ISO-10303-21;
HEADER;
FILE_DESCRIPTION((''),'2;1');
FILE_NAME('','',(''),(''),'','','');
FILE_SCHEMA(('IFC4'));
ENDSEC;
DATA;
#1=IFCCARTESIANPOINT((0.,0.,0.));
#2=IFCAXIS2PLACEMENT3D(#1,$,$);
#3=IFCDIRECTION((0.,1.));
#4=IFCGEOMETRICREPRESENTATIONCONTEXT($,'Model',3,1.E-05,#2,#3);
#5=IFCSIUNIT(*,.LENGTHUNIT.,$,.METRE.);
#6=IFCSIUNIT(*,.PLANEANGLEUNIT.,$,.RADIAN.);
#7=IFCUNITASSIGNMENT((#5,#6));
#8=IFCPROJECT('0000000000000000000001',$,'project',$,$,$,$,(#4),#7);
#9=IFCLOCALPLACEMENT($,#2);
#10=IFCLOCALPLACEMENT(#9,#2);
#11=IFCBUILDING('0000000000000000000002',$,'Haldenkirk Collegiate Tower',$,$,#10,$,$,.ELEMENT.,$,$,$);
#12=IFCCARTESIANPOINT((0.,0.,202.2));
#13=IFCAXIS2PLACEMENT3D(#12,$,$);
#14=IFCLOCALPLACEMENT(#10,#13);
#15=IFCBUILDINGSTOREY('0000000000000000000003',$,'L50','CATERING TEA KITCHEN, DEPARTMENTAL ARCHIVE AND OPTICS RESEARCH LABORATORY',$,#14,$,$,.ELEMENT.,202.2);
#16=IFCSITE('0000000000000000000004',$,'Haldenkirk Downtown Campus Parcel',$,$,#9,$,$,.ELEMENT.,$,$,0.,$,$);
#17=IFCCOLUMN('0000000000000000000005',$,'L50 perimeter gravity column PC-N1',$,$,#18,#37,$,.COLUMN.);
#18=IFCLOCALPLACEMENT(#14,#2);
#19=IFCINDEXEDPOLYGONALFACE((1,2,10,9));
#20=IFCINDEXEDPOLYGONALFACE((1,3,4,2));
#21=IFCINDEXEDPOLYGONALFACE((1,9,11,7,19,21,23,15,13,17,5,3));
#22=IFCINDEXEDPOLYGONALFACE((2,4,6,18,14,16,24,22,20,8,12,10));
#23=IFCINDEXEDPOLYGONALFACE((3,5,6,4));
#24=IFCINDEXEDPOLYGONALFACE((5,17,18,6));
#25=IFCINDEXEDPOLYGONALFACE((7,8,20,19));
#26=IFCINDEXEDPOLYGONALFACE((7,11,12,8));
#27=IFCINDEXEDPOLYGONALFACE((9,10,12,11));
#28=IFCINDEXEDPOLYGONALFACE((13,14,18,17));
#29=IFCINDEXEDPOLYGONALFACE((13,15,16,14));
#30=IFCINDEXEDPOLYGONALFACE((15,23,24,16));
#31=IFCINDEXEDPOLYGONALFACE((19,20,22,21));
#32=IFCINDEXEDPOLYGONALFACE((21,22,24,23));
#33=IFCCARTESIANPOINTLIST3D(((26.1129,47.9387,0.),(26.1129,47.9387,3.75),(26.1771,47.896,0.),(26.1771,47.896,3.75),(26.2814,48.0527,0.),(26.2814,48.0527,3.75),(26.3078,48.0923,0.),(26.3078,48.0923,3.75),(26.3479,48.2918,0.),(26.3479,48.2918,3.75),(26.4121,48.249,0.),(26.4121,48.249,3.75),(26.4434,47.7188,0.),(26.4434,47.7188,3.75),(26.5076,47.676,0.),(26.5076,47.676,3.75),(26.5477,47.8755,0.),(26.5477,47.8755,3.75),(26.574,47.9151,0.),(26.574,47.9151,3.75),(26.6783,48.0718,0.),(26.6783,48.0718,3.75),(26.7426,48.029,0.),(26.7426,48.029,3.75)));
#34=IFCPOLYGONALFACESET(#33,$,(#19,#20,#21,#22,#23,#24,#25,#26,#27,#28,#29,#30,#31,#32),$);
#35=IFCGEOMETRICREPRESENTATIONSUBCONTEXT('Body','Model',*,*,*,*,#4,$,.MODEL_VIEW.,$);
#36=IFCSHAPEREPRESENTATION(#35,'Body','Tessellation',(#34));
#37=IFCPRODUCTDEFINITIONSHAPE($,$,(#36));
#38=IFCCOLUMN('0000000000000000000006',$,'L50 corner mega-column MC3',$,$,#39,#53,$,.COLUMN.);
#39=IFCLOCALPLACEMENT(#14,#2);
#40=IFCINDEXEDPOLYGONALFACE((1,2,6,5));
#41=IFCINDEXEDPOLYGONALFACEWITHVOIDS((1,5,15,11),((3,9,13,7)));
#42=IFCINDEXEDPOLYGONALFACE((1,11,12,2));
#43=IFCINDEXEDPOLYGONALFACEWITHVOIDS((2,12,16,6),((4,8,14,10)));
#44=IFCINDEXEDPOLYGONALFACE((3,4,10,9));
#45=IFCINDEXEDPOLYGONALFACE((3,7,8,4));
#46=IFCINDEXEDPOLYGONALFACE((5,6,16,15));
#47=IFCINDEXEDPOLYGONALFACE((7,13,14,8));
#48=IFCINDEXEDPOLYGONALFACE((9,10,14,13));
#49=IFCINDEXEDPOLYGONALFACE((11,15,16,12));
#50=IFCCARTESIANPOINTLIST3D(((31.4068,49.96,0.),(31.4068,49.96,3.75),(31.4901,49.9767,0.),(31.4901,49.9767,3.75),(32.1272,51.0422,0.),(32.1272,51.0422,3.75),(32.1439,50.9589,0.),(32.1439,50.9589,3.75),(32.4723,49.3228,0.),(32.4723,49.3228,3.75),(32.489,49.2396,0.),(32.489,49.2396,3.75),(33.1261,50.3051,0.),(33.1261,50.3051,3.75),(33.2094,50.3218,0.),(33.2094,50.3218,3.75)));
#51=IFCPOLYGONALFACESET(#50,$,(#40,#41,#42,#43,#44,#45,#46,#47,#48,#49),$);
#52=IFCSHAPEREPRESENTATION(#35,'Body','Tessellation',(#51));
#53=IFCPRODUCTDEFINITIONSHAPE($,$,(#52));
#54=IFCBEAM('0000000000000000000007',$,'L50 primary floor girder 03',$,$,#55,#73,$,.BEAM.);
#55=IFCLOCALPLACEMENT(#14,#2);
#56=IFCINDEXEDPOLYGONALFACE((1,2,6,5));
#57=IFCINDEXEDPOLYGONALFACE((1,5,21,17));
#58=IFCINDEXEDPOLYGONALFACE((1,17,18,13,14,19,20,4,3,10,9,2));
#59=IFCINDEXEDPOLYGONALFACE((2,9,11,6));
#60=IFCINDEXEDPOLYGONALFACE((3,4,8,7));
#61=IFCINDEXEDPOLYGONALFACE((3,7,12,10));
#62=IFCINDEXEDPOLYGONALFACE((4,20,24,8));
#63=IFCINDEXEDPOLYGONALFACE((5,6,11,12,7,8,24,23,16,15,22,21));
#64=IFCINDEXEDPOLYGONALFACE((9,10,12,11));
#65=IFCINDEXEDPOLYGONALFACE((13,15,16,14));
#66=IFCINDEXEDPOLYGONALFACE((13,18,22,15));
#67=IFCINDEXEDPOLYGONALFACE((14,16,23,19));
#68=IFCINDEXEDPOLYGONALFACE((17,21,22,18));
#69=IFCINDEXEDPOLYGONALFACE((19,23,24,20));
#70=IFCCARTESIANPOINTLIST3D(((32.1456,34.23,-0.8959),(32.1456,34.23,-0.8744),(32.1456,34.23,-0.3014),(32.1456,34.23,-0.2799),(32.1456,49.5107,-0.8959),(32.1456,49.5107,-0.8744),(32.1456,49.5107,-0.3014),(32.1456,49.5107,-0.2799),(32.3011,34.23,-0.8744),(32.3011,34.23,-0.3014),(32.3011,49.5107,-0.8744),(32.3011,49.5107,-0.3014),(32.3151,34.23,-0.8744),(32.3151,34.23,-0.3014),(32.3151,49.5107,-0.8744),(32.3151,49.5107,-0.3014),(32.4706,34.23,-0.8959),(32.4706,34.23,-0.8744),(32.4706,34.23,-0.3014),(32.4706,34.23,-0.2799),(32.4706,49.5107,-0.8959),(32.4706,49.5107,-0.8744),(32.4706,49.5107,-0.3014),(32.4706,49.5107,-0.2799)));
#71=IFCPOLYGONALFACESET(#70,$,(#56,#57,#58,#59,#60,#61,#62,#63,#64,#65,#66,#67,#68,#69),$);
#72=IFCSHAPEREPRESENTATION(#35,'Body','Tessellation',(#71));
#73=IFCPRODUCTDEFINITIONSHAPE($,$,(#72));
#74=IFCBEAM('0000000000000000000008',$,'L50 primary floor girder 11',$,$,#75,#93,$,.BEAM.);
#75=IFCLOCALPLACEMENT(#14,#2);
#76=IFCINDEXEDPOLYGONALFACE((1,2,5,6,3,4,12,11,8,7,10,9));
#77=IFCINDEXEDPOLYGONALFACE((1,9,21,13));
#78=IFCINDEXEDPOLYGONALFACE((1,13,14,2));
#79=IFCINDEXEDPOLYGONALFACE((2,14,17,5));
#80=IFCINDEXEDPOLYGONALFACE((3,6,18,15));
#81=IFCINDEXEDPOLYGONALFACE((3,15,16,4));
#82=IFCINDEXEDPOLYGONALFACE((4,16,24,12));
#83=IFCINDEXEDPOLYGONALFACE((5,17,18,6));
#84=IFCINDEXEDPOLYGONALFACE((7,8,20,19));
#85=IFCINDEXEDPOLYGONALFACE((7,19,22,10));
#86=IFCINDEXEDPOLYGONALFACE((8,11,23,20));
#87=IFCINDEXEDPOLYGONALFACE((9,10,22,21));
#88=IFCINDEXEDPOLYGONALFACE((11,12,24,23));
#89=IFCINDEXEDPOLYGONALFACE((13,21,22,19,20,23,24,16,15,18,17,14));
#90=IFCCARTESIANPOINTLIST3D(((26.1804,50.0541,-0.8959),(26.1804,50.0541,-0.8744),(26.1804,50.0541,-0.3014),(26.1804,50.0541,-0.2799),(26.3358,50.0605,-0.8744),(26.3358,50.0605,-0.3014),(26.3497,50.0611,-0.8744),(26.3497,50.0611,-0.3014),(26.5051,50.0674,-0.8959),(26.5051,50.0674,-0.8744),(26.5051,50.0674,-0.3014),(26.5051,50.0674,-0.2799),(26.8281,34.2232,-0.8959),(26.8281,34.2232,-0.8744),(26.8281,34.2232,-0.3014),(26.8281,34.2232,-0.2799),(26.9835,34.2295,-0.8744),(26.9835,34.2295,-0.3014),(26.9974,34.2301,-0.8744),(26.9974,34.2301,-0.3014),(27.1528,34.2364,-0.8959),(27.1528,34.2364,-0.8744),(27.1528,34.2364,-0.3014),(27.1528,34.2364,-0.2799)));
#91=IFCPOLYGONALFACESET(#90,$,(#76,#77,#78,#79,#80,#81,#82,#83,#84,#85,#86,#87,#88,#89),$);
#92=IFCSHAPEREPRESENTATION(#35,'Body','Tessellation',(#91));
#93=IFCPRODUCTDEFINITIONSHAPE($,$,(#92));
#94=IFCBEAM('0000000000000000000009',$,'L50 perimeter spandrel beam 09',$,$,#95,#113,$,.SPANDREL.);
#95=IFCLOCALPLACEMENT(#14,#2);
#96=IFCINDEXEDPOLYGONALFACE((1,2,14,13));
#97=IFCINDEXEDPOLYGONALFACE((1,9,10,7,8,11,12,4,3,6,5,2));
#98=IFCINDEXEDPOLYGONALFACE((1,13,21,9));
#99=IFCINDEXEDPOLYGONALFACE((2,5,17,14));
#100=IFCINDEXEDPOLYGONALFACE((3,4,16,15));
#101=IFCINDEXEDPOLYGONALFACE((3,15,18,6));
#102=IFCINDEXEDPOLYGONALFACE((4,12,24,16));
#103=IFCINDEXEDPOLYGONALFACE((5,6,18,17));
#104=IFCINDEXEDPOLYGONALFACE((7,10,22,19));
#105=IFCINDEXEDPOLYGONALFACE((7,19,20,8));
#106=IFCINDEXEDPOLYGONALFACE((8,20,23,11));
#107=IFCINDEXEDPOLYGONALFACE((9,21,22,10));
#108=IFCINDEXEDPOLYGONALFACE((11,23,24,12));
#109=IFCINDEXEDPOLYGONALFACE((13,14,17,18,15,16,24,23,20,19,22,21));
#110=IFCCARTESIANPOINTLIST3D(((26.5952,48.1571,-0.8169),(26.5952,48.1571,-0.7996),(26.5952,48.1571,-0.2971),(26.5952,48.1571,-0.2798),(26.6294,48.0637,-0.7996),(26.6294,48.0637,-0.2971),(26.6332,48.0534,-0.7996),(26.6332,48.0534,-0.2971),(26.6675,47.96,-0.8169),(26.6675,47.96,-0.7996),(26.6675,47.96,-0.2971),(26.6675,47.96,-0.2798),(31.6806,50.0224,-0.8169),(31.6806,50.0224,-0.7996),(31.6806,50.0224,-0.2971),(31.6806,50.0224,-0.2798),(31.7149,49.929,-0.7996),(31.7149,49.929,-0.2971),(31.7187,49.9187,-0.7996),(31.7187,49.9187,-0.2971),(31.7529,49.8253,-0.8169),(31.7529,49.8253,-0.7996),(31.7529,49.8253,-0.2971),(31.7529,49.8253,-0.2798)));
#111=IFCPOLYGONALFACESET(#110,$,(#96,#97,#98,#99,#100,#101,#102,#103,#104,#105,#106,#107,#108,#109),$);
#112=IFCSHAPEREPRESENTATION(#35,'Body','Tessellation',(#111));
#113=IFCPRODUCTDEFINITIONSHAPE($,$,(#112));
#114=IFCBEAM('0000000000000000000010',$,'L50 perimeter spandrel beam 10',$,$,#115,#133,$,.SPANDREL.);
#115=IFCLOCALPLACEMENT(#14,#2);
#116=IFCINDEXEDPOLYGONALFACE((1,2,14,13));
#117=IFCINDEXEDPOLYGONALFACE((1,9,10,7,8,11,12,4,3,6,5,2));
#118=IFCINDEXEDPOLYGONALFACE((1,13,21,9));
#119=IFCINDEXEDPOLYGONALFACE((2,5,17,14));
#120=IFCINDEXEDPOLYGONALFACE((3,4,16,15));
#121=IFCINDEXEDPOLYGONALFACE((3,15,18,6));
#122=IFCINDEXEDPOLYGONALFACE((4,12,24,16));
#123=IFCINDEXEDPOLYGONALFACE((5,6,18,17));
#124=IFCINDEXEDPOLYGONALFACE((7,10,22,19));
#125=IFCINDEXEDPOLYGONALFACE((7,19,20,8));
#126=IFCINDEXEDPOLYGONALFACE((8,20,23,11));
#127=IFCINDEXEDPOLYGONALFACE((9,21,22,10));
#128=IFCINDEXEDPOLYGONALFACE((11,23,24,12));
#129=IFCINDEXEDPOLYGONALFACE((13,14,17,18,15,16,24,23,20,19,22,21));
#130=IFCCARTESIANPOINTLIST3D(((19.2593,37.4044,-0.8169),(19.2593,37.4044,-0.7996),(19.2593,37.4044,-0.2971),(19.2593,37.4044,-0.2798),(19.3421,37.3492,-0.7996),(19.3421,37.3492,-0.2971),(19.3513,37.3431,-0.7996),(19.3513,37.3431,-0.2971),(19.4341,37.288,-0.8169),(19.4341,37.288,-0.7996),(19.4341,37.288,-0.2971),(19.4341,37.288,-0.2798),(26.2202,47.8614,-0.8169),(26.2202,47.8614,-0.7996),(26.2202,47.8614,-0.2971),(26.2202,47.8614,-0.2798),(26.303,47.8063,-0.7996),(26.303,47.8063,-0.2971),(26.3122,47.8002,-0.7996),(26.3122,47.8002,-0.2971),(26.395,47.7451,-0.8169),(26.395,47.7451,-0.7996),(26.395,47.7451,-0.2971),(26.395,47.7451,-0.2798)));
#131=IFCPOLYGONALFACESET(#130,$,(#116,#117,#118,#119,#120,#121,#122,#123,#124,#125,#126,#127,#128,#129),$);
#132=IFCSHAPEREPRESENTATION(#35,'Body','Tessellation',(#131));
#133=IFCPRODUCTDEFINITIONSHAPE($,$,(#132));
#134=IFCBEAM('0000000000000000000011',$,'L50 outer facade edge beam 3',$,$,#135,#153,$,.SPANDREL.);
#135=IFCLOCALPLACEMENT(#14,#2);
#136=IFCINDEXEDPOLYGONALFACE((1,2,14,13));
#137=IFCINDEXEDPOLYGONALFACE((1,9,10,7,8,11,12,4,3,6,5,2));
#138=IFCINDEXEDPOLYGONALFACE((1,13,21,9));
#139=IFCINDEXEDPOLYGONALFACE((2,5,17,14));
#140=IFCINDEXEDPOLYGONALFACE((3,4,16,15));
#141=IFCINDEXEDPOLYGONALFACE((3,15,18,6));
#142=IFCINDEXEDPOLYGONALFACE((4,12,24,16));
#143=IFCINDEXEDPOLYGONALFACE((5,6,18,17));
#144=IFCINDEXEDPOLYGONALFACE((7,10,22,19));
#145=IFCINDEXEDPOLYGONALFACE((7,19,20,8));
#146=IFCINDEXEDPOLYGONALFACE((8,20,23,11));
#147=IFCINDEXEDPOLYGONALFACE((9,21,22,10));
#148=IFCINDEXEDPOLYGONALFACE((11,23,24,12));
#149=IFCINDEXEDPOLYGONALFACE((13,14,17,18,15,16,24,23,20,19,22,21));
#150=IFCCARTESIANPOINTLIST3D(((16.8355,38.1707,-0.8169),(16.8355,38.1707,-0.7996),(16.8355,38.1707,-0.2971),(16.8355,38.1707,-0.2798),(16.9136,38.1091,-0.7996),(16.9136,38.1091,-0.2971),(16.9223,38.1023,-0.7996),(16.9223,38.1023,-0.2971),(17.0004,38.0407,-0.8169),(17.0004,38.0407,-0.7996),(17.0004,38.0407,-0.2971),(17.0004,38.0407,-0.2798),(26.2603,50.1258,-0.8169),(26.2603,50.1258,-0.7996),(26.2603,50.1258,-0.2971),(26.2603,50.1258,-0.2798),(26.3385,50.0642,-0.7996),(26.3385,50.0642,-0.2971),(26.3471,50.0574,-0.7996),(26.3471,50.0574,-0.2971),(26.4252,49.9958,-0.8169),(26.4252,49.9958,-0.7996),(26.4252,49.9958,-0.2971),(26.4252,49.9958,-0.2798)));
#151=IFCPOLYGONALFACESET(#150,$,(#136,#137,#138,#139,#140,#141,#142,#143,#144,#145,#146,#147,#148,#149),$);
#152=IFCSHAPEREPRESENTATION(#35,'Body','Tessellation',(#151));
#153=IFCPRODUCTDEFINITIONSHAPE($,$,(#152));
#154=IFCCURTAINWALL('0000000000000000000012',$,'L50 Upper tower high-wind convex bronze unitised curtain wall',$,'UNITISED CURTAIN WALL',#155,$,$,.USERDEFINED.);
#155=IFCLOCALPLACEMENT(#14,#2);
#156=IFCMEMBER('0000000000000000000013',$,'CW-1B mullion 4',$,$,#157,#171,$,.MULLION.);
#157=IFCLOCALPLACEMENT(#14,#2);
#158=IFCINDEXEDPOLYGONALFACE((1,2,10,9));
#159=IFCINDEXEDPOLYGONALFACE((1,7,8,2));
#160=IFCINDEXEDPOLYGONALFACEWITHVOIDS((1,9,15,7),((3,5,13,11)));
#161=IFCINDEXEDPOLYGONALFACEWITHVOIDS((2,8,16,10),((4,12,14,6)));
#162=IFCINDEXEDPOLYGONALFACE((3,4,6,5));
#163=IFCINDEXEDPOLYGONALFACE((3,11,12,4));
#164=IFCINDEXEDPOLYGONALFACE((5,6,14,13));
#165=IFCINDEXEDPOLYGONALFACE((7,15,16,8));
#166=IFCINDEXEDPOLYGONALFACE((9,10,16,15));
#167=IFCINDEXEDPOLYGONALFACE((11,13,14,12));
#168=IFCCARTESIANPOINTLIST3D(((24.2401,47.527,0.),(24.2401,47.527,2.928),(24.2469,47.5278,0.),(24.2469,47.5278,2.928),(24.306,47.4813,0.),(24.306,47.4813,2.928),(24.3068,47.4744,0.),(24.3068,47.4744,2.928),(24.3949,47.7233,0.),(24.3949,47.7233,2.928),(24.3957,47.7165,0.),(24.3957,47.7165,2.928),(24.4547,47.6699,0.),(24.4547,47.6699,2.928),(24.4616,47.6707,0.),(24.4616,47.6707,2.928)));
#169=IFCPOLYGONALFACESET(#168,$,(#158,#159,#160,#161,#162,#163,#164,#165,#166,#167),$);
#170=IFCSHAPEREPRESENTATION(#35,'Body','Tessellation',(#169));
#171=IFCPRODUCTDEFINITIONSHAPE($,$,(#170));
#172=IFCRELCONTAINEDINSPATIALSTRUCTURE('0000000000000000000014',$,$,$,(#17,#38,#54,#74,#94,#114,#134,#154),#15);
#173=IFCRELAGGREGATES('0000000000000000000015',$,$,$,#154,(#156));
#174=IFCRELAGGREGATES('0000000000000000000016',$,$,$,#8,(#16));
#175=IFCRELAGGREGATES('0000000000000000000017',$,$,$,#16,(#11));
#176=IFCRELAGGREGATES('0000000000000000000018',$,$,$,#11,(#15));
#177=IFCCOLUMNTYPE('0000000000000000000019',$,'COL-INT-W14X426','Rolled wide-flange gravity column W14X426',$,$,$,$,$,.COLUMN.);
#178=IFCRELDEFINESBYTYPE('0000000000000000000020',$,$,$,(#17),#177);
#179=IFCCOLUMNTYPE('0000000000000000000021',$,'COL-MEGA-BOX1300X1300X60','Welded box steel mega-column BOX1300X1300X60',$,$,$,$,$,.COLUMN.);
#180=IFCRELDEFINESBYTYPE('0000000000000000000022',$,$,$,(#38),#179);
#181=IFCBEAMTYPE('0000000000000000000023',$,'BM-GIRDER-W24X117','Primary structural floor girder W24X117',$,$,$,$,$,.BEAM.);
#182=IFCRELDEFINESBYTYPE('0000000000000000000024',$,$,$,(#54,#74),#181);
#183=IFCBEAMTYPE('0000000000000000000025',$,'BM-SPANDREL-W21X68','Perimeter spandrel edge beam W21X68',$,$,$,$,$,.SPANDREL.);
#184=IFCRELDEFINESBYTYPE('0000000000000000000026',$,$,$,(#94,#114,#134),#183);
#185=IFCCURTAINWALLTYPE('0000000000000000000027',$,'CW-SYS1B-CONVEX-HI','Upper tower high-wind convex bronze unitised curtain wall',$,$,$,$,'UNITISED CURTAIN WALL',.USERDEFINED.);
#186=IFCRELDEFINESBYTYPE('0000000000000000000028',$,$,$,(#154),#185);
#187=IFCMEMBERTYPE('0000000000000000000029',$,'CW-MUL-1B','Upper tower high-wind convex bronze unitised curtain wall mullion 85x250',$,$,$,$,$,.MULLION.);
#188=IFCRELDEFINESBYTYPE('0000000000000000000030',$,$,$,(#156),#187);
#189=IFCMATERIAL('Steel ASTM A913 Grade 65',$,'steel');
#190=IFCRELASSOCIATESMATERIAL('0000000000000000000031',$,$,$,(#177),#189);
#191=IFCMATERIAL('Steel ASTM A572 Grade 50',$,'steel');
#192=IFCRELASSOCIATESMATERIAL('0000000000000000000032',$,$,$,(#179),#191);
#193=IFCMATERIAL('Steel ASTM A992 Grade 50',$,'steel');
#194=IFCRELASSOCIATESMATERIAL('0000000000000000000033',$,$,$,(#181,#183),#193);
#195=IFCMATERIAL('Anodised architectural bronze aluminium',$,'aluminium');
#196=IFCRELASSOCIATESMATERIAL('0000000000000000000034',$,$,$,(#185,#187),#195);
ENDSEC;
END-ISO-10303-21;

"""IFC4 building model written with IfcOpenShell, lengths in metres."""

from ifc_helpers import new_model, si_unit, direction, frame, origin, origin_2d, place, context, subcontext, project, spatial, hollow_rectangle, i_section, extrude, material, material_profile, profile_set, type_object, element, aggregate, save


model = new_model("IFC4")

# Units and contexts
model_context = context("Model", 3, precision=1e-05, world=origin(), true_north=direction((0.0, 1.0)))
body_context = subcontext(model_context, "Body", "Model", "MODEL_VIEW")
ifc_project = project(units=[si_unit("LENGTHUNIT", "METRE"), si_unit("PLANEANGLEUNIT", "RADIAN")], contexts=[model_context])

# Site, building, storey
site_placement = place(None, origin())
site = spatial("IfcSite", under=ifc_project, at=site_placement, Name="Haldenkirk Downtown Campus Parcel", CompositionType="ELEMENT", RefElevation=0.0)
building_placement = place(site_placement, origin())
building = spatial("IfcBuilding", under=site, at=building_placement, Name="Haldenkirk Collegiate Tower", CompositionType="ELEMENT")
storey_placement = place(building_placement, frame((0.0, 0.0, 202.2)))
storey = spatial("IfcBuildingStorey", under=building, at=storey_placement, Name="L50", Description="CATERING TEA KITCHEN, DEPARTMENTAL ARCHIVE AND OPTICS RESEARCH LABORATORY", CompositionType="ELEMENT", Elevation=202.2)

# Columns
ifc_material_1 = material(Name="Steel ASTM A913 Grade 65", Category="steel")
ifc_material_profile_1 = material_profile(ifc_material_1, i_section(OverallWidth=0.4241, OverallDepth=0.4741, WebThickness=0.0476, FlangeThickness=0.0771, at=origin_2d()), Name="W14X426")
ifc_profile_set_1 = profile_set([ifc_material_profile_1], Name="Steel ASTM A913 Grade 65")
column_type_1 = type_object("IfcColumnType", Name="COL-INT-W14X426", Description="Rolled wide-flange gravity column W14X426", PredefinedType="COLUMN", material=ifc_profile_set_1)
column_1_placement = place(storey_placement, frame((26.4277, 47.9839, 0.0), z_axis=(0.0, 0.0, 1.0), x_axis=(0.554118, 0.832438, 0.0)))
element("IfcColumn", 1, at=column_1_placement, inside=storey, type_object=column_type_1, Name="L50 perimeter gravity column PC-N1", PredefinedType="COLUMN", context=body_context, shape_type="SweptSolid", body=[
    extrude(i_section(OverallWidth=0.4241, OverallDepth=0.4741, WebThickness=0.0476, FlangeThickness=0.0771, at=origin_2d()), origin(), (0.0, 0.0, 1.0), 3.75),
])
ifc_material_2 = material(Name="Steel ASTM A572 Grade 50", Category="steel")
ifc_material_profile_2 = material_profile(ifc_material_2, hollow_rectangle(XDim=1.3, YDim=1.3, WallThickness=0.0601, at=origin_2d()), Name="BOX1300X1300X60")
ifc_profile_set_2 = profile_set([ifc_material_profile_2], Name="Steel ASTM A572 Grade 50")
column_type_2 = type_object("IfcColumnType", Name="COL-MEGA-BOX1300X1300X60", Description="Welded box steel mega-column BOX1300X1300X60", PredefinedType="COLUMN", material=ifc_profile_set_2)
column_2_placement = place(storey_placement, frame((32.3081, 50.1409, 0.0), z_axis=(0.0, 0.0, 1.0), x_axis=(0.554118, 0.832438, 0.0)))
element("IfcColumn", 2, at=column_2_placement, inside=storey, type_object=column_type_2, Name="L50 corner mega-column MC3", PredefinedType="COLUMN", context=body_context, shape_type="SweptSolid", body=[
    extrude(hollow_rectangle(XDim=1.3, YDim=1.3, WallThickness=0.0601, at=origin_2d()), origin(), (0.0, 0.0, 1.0), 3.75),
])

# Beams
ifc_material_3 = material(Name="Steel ASTM A992 Grade 50", Category="steel")
ifc_material_profile_3 = material_profile(ifc_material_3, i_section(OverallWidth=0.325, OverallDepth=0.616, WebThickness=0.0139, FlangeThickness=0.0215, at=origin_2d()), Name="W24X117")
ifc_profile_set_3 = profile_set([ifc_material_profile_3], Name="Steel ASTM A992 Grade 50")
beam_type_1 = type_object("IfcBeamType", Name="BM-GIRDER-W24X117", Description="Primary structural floor girder W24X117", PredefinedType="BEAM", material=ifc_profile_set_3)
beam_1_placement = place(storey_placement, frame((32.3081, 49.5107, -0.5879), z_axis=(0.0, -1.0, 0.0), x_axis=(1.0, 0.0, 0.0)))
element("IfcBeam", 3, at=beam_1_placement, inside=storey, type_object=beam_type_1, Name="L50 primary floor girder 03", PredefinedType="BEAM", context=body_context, shape_type="SweptSolid", body=[
    extrude(i_section(OverallWidth=0.325, OverallDepth=0.616, WebThickness=0.0139, FlangeThickness=0.0215, at=origin_2d()), origin(), (0.0, 0.0, 1.0), 15.2808),
])
beam_2_placement = place(storey_placement, frame((26.3428, 50.0608, -0.5879), z_axis=(0.040879, -0.999164, 0.0), x_axis=(0.999164, 0.040879, 0.0)))
element("IfcBeam", 4, at=beam_2_placement, inside=storey, type_object=beam_type_1, Name="L50 primary floor girder 11", PredefinedType="BEAM", context=body_context, shape_type="SweptSolid", body=[
    extrude(i_section(OverallWidth=0.325, OverallDepth=0.616, WebThickness=0.0139, FlangeThickness=0.0215, at=origin_2d()), origin(), (0.0, 0.0, 1.0), 15.8442),
])
ifc_material_profile_4 = material_profile(ifc_material_3, i_section(OverallWidth=0.21, OverallDepth=0.5371, WebThickness=0.011, FlangeThickness=0.0173, at=origin_2d()), Name="W21X68")
ifc_profile_set_4 = profile_set([ifc_material_profile_4], Name="Steel ASTM A992 Grade 50")
beam_type_2 = type_object("IfcBeamType", Name="BM-SPANDREL-W21X68", Description="Perimeter spandrel edge beam W21X68", PredefinedType="SPANDREL", material=ifc_profile_set_4)
beam_3_placement = place(storey_placement, frame((31.7168, 49.9238, -0.5483), z_axis=(-0.938842, -0.344347, 0.0), x_axis=(0.344347, -0.938842, 0.0)))
element("IfcBeam", 5, at=beam_3_placement, inside=storey, type_object=beam_type_2, Name="L50 perimeter spandrel beam 09", PredefinedType="SPANDREL", context=body_context, shape_type="SweptSolid", body=[
    extrude(i_section(OverallWidth=0.21, OverallDepth=0.5371, WebThickness=0.011, FlangeThickness=0.0173, at=origin_2d()), origin(), (0.0, 0.0, 1.0), 5.4167),
])
beam_4_placement = place(storey_placement, frame((26.3076, 47.8032, -0.5483), z_axis=(-0.554126, -0.832433, 0.0), x_axis=(0.832433, -0.554126, 0.0)))
element("IfcBeam", 6, at=beam_4_placement, inside=storey, type_object=beam_type_2, Name="L50 perimeter spandrel beam 10", PredefinedType="SPANDREL", context=body_context, shape_type="SweptSolid", body=[
    extrude(i_section(OverallWidth=0.21, OverallDepth=0.5371, WebThickness=0.011, FlangeThickness=0.0173, at=origin_2d()), origin(), (0.0, 0.0, 1.0), 12.562),
])
beam_5_placement = place(storey_placement, frame((26.3428, 50.0608, -0.5483), z_axis=(-0.619101, -0.785311, 0.0), x_axis=(0.785311, -0.619101, 0.0)))
element("IfcBeam", 7, at=beam_5_placement, inside=storey, type_object=beam_type_2, Name="L50 outer facade edge beam 3", PredefinedType="SPANDREL", context=body_context, shape_type="SweptSolid", body=[
    extrude(i_section(OverallWidth=0.21, OverallDepth=0.5371, WebThickness=0.011, FlangeThickness=0.0173, at=origin_2d()), origin(), (0.0, 0.0, 1.0), 15.2234),
])

# Curtain wall, member
ifc_material_4 = material(Name="Anodised architectural bronze aluminium", Category="aluminium")
curtain_wall_type = type_object("IfcCurtainWallType", Name="CW-SYS1B-CONVEX-HI", Description="Upper tower high-wind convex bronze unitised curtain wall", ElementType="UNITISED CURTAIN WALL", PredefinedType="USERDEFINED", material=ifc_material_4)
curtain_wall_placement = place(storey_placement, origin())
curtain_wall = element("IfcCurtainWall", 8, at=curtain_wall_placement, inside=storey, type_object=curtain_wall_type, Name="L50 Upper tower high-wind convex bronze unitised curtain wall", ObjectType="UNITISED CURTAIN WALL", PredefinedType="USERDEFINED")
ifc_material_profile_5 = material_profile(ifc_material_4, hollow_rectangle(XDim=0.085, YDim=0.25, WallThickness=0.0049, at=origin_2d()), Name="CW-MUL-1B")
ifc_profile_set_5 = profile_set([ifc_material_profile_5], Name="Anodised architectural bronze aluminium")
member_type_1 = type_object("IfcMemberType", Name="CW-MUL-1B", Description="Upper tower high-wind convex bronze unitised curtain wall mullion 85x250", PredefinedType="MULLION", material=ifc_profile_set_5)
member_1_placement = place(storey_placement, frame((24.3508, 47.5989, 0.0), z_axis=(0.0, 0.0, 1.0), x_axis=(-0.785317, 0.619094, 0.0)))
member_1 = element("IfcMember", 9, at=member_1_placement, type_object=member_type_1, Name="CW-1B mullion 4", PredefinedType="MULLION", context=body_context, shape_type="SweptSolid", body=[
    extrude(hollow_rectangle(XDim=0.085, YDim=0.25, WallThickness=0.0049, at=origin_2d()), origin(), (0.0, 0.0, 1.0), 2.928),
])
aggregate(curtain_wall, [member_1])

save(model, "model.ifc")
